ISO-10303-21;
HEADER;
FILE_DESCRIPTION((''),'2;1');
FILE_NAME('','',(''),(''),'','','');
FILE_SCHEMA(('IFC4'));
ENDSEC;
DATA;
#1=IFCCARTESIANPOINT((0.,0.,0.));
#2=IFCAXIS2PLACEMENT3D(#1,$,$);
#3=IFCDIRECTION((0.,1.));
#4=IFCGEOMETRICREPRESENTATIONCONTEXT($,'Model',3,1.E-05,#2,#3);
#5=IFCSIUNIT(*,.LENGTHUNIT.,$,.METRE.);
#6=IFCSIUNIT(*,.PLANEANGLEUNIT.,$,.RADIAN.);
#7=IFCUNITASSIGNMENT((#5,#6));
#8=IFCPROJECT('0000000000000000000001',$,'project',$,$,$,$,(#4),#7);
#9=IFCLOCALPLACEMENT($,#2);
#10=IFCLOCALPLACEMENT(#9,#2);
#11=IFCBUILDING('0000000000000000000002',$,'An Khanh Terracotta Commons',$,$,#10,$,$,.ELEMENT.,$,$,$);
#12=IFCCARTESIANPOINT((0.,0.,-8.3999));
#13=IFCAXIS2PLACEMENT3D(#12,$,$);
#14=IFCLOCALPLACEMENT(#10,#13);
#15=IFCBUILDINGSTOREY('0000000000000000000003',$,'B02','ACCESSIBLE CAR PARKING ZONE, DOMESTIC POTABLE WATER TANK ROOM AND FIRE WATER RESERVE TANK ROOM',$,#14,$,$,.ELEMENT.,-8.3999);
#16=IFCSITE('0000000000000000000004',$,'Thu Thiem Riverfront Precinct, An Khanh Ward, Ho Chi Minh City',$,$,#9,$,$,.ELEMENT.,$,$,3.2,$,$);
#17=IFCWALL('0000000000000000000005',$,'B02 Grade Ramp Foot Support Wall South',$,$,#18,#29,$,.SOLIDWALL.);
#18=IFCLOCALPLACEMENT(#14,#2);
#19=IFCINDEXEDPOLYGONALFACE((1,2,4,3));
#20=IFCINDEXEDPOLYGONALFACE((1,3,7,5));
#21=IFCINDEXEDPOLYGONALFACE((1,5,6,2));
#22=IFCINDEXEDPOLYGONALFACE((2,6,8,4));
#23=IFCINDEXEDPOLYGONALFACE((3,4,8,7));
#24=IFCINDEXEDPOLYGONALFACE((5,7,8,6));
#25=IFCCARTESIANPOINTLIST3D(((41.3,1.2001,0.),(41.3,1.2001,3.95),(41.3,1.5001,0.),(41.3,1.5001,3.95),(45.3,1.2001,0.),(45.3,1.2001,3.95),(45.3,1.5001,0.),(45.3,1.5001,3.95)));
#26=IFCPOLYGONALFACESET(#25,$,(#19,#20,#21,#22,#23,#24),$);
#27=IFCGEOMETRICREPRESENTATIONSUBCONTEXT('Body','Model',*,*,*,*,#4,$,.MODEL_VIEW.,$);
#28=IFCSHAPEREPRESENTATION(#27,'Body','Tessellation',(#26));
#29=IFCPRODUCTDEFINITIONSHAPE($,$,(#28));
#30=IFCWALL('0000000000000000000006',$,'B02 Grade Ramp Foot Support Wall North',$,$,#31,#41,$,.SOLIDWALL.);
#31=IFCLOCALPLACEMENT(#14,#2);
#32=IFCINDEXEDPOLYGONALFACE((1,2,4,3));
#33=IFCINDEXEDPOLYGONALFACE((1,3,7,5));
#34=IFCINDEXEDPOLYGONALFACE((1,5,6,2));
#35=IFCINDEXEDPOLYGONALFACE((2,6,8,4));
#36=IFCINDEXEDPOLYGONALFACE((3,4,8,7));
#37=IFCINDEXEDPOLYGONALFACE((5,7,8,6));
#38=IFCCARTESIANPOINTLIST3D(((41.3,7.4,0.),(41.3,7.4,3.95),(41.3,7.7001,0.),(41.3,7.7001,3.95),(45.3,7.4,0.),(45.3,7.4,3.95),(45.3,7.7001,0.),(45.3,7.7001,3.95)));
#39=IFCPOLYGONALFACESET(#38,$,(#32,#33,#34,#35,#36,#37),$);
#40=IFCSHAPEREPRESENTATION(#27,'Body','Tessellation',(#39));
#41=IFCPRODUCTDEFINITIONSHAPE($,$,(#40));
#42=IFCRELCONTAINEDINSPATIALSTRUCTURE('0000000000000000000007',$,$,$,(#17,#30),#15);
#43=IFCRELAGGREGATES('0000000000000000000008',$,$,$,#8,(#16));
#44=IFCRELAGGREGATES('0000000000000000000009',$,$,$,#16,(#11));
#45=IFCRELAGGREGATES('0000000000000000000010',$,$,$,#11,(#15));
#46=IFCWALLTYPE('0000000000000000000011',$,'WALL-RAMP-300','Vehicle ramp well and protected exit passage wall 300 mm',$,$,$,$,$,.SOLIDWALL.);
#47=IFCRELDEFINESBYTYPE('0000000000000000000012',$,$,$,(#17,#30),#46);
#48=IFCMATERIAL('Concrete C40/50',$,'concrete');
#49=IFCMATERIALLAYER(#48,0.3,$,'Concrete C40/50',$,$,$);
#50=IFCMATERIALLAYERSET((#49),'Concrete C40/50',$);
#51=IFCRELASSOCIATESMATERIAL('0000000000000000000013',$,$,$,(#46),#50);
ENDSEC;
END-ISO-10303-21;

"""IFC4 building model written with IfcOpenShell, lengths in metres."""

from ifc_helpers import new_model, si_unit, direction, frame, frame_2d, origin, place, context, subcontext, project, spatial, rectangle, extrude, material, layer, layer_set, type_object, element, save


model = new_model("IFC4")

# Units and contexts
model_context = context("Model", 3, precision=1e-05, world=origin(), true_north=direction((0.0, 1.0)))
body_context = subcontext(model_context, "Body", "Model", "MODEL_VIEW")
ifc_project = project(units=[si_unit("LENGTHUNIT", "METRE"), si_unit("PLANEANGLEUNIT", "RADIAN")], contexts=[model_context])

# Site, building, storey
site_placement = place(None, origin())
site = spatial("IfcSite", under=ifc_project, at=site_placement, Name="Thu Thiem Riverfront Precinct, An Khanh Ward, Ho Chi Minh City", CompositionType="ELEMENT", RefElevation=3.2)
building_placement = place(site_placement, origin())
building = spatial("IfcBuilding", under=site, at=building_placement, Name="An Khanh Terracotta Commons", CompositionType="ELEMENT")
storey_placement = place(building_placement, frame((0.0, 0.0, -8.3999)))
storey = spatial("IfcBuildingStorey", under=building, at=storey_placement, Name="B02", Description="ACCESSIBLE CAR PARKING ZONE, DOMESTIC POTABLE WATER TANK ROOM AND FIRE WATER RESERVE TANK ROOM", CompositionType="ELEMENT", Elevation=-8.3999)

# Walls
ifc_material_1 = material(Name="Concrete C40/50", Category="concrete")
ifc_layer_1 = layer(ifc_material_1, 0.3, Name="Concrete C40/50")
ifc_layer_set_1 = layer_set([ifc_layer_1], Name="Concrete C40/50")
wall_type_1 = type_object("IfcWallType", Name="WALL-RAMP-300", Description="Vehicle ramp well and protected exit passage wall 300 mm", PredefinedType="SOLIDWALL", material=ifc_layer_set_1)
for number, where, z_axis, x_axis, name in (
    (1, (41.3, 1.3501, 0.0), (0.0, 0.0, 1.0), (1.0, 0.0, 0.0), "B02 Grade Ramp Foot Support Wall South"),
    (2, (41.3, 7.55, 0.0), (0.0, 0.0, 1.0), (1.0, 0.0, 0.0), "B02 Grade Ramp Foot Support Wall North"),
):
    element("IfcWall", number, at=place(storey_placement, frame(where, z_axis=z_axis, x_axis=x_axis)), inside=storey, type_object=wall_type_1, Name=name, PredefinedType="SOLIDWALL", context=body_context, shape_type="SweptSolid", body=[
        extrude(rectangle(XDim=4.0, YDim=0.3, at=frame_2d((2.0, 0.0))), origin(), (0.0, 0.0, 1.0), 3.95),
    ])

save(model, "model.ifc")
